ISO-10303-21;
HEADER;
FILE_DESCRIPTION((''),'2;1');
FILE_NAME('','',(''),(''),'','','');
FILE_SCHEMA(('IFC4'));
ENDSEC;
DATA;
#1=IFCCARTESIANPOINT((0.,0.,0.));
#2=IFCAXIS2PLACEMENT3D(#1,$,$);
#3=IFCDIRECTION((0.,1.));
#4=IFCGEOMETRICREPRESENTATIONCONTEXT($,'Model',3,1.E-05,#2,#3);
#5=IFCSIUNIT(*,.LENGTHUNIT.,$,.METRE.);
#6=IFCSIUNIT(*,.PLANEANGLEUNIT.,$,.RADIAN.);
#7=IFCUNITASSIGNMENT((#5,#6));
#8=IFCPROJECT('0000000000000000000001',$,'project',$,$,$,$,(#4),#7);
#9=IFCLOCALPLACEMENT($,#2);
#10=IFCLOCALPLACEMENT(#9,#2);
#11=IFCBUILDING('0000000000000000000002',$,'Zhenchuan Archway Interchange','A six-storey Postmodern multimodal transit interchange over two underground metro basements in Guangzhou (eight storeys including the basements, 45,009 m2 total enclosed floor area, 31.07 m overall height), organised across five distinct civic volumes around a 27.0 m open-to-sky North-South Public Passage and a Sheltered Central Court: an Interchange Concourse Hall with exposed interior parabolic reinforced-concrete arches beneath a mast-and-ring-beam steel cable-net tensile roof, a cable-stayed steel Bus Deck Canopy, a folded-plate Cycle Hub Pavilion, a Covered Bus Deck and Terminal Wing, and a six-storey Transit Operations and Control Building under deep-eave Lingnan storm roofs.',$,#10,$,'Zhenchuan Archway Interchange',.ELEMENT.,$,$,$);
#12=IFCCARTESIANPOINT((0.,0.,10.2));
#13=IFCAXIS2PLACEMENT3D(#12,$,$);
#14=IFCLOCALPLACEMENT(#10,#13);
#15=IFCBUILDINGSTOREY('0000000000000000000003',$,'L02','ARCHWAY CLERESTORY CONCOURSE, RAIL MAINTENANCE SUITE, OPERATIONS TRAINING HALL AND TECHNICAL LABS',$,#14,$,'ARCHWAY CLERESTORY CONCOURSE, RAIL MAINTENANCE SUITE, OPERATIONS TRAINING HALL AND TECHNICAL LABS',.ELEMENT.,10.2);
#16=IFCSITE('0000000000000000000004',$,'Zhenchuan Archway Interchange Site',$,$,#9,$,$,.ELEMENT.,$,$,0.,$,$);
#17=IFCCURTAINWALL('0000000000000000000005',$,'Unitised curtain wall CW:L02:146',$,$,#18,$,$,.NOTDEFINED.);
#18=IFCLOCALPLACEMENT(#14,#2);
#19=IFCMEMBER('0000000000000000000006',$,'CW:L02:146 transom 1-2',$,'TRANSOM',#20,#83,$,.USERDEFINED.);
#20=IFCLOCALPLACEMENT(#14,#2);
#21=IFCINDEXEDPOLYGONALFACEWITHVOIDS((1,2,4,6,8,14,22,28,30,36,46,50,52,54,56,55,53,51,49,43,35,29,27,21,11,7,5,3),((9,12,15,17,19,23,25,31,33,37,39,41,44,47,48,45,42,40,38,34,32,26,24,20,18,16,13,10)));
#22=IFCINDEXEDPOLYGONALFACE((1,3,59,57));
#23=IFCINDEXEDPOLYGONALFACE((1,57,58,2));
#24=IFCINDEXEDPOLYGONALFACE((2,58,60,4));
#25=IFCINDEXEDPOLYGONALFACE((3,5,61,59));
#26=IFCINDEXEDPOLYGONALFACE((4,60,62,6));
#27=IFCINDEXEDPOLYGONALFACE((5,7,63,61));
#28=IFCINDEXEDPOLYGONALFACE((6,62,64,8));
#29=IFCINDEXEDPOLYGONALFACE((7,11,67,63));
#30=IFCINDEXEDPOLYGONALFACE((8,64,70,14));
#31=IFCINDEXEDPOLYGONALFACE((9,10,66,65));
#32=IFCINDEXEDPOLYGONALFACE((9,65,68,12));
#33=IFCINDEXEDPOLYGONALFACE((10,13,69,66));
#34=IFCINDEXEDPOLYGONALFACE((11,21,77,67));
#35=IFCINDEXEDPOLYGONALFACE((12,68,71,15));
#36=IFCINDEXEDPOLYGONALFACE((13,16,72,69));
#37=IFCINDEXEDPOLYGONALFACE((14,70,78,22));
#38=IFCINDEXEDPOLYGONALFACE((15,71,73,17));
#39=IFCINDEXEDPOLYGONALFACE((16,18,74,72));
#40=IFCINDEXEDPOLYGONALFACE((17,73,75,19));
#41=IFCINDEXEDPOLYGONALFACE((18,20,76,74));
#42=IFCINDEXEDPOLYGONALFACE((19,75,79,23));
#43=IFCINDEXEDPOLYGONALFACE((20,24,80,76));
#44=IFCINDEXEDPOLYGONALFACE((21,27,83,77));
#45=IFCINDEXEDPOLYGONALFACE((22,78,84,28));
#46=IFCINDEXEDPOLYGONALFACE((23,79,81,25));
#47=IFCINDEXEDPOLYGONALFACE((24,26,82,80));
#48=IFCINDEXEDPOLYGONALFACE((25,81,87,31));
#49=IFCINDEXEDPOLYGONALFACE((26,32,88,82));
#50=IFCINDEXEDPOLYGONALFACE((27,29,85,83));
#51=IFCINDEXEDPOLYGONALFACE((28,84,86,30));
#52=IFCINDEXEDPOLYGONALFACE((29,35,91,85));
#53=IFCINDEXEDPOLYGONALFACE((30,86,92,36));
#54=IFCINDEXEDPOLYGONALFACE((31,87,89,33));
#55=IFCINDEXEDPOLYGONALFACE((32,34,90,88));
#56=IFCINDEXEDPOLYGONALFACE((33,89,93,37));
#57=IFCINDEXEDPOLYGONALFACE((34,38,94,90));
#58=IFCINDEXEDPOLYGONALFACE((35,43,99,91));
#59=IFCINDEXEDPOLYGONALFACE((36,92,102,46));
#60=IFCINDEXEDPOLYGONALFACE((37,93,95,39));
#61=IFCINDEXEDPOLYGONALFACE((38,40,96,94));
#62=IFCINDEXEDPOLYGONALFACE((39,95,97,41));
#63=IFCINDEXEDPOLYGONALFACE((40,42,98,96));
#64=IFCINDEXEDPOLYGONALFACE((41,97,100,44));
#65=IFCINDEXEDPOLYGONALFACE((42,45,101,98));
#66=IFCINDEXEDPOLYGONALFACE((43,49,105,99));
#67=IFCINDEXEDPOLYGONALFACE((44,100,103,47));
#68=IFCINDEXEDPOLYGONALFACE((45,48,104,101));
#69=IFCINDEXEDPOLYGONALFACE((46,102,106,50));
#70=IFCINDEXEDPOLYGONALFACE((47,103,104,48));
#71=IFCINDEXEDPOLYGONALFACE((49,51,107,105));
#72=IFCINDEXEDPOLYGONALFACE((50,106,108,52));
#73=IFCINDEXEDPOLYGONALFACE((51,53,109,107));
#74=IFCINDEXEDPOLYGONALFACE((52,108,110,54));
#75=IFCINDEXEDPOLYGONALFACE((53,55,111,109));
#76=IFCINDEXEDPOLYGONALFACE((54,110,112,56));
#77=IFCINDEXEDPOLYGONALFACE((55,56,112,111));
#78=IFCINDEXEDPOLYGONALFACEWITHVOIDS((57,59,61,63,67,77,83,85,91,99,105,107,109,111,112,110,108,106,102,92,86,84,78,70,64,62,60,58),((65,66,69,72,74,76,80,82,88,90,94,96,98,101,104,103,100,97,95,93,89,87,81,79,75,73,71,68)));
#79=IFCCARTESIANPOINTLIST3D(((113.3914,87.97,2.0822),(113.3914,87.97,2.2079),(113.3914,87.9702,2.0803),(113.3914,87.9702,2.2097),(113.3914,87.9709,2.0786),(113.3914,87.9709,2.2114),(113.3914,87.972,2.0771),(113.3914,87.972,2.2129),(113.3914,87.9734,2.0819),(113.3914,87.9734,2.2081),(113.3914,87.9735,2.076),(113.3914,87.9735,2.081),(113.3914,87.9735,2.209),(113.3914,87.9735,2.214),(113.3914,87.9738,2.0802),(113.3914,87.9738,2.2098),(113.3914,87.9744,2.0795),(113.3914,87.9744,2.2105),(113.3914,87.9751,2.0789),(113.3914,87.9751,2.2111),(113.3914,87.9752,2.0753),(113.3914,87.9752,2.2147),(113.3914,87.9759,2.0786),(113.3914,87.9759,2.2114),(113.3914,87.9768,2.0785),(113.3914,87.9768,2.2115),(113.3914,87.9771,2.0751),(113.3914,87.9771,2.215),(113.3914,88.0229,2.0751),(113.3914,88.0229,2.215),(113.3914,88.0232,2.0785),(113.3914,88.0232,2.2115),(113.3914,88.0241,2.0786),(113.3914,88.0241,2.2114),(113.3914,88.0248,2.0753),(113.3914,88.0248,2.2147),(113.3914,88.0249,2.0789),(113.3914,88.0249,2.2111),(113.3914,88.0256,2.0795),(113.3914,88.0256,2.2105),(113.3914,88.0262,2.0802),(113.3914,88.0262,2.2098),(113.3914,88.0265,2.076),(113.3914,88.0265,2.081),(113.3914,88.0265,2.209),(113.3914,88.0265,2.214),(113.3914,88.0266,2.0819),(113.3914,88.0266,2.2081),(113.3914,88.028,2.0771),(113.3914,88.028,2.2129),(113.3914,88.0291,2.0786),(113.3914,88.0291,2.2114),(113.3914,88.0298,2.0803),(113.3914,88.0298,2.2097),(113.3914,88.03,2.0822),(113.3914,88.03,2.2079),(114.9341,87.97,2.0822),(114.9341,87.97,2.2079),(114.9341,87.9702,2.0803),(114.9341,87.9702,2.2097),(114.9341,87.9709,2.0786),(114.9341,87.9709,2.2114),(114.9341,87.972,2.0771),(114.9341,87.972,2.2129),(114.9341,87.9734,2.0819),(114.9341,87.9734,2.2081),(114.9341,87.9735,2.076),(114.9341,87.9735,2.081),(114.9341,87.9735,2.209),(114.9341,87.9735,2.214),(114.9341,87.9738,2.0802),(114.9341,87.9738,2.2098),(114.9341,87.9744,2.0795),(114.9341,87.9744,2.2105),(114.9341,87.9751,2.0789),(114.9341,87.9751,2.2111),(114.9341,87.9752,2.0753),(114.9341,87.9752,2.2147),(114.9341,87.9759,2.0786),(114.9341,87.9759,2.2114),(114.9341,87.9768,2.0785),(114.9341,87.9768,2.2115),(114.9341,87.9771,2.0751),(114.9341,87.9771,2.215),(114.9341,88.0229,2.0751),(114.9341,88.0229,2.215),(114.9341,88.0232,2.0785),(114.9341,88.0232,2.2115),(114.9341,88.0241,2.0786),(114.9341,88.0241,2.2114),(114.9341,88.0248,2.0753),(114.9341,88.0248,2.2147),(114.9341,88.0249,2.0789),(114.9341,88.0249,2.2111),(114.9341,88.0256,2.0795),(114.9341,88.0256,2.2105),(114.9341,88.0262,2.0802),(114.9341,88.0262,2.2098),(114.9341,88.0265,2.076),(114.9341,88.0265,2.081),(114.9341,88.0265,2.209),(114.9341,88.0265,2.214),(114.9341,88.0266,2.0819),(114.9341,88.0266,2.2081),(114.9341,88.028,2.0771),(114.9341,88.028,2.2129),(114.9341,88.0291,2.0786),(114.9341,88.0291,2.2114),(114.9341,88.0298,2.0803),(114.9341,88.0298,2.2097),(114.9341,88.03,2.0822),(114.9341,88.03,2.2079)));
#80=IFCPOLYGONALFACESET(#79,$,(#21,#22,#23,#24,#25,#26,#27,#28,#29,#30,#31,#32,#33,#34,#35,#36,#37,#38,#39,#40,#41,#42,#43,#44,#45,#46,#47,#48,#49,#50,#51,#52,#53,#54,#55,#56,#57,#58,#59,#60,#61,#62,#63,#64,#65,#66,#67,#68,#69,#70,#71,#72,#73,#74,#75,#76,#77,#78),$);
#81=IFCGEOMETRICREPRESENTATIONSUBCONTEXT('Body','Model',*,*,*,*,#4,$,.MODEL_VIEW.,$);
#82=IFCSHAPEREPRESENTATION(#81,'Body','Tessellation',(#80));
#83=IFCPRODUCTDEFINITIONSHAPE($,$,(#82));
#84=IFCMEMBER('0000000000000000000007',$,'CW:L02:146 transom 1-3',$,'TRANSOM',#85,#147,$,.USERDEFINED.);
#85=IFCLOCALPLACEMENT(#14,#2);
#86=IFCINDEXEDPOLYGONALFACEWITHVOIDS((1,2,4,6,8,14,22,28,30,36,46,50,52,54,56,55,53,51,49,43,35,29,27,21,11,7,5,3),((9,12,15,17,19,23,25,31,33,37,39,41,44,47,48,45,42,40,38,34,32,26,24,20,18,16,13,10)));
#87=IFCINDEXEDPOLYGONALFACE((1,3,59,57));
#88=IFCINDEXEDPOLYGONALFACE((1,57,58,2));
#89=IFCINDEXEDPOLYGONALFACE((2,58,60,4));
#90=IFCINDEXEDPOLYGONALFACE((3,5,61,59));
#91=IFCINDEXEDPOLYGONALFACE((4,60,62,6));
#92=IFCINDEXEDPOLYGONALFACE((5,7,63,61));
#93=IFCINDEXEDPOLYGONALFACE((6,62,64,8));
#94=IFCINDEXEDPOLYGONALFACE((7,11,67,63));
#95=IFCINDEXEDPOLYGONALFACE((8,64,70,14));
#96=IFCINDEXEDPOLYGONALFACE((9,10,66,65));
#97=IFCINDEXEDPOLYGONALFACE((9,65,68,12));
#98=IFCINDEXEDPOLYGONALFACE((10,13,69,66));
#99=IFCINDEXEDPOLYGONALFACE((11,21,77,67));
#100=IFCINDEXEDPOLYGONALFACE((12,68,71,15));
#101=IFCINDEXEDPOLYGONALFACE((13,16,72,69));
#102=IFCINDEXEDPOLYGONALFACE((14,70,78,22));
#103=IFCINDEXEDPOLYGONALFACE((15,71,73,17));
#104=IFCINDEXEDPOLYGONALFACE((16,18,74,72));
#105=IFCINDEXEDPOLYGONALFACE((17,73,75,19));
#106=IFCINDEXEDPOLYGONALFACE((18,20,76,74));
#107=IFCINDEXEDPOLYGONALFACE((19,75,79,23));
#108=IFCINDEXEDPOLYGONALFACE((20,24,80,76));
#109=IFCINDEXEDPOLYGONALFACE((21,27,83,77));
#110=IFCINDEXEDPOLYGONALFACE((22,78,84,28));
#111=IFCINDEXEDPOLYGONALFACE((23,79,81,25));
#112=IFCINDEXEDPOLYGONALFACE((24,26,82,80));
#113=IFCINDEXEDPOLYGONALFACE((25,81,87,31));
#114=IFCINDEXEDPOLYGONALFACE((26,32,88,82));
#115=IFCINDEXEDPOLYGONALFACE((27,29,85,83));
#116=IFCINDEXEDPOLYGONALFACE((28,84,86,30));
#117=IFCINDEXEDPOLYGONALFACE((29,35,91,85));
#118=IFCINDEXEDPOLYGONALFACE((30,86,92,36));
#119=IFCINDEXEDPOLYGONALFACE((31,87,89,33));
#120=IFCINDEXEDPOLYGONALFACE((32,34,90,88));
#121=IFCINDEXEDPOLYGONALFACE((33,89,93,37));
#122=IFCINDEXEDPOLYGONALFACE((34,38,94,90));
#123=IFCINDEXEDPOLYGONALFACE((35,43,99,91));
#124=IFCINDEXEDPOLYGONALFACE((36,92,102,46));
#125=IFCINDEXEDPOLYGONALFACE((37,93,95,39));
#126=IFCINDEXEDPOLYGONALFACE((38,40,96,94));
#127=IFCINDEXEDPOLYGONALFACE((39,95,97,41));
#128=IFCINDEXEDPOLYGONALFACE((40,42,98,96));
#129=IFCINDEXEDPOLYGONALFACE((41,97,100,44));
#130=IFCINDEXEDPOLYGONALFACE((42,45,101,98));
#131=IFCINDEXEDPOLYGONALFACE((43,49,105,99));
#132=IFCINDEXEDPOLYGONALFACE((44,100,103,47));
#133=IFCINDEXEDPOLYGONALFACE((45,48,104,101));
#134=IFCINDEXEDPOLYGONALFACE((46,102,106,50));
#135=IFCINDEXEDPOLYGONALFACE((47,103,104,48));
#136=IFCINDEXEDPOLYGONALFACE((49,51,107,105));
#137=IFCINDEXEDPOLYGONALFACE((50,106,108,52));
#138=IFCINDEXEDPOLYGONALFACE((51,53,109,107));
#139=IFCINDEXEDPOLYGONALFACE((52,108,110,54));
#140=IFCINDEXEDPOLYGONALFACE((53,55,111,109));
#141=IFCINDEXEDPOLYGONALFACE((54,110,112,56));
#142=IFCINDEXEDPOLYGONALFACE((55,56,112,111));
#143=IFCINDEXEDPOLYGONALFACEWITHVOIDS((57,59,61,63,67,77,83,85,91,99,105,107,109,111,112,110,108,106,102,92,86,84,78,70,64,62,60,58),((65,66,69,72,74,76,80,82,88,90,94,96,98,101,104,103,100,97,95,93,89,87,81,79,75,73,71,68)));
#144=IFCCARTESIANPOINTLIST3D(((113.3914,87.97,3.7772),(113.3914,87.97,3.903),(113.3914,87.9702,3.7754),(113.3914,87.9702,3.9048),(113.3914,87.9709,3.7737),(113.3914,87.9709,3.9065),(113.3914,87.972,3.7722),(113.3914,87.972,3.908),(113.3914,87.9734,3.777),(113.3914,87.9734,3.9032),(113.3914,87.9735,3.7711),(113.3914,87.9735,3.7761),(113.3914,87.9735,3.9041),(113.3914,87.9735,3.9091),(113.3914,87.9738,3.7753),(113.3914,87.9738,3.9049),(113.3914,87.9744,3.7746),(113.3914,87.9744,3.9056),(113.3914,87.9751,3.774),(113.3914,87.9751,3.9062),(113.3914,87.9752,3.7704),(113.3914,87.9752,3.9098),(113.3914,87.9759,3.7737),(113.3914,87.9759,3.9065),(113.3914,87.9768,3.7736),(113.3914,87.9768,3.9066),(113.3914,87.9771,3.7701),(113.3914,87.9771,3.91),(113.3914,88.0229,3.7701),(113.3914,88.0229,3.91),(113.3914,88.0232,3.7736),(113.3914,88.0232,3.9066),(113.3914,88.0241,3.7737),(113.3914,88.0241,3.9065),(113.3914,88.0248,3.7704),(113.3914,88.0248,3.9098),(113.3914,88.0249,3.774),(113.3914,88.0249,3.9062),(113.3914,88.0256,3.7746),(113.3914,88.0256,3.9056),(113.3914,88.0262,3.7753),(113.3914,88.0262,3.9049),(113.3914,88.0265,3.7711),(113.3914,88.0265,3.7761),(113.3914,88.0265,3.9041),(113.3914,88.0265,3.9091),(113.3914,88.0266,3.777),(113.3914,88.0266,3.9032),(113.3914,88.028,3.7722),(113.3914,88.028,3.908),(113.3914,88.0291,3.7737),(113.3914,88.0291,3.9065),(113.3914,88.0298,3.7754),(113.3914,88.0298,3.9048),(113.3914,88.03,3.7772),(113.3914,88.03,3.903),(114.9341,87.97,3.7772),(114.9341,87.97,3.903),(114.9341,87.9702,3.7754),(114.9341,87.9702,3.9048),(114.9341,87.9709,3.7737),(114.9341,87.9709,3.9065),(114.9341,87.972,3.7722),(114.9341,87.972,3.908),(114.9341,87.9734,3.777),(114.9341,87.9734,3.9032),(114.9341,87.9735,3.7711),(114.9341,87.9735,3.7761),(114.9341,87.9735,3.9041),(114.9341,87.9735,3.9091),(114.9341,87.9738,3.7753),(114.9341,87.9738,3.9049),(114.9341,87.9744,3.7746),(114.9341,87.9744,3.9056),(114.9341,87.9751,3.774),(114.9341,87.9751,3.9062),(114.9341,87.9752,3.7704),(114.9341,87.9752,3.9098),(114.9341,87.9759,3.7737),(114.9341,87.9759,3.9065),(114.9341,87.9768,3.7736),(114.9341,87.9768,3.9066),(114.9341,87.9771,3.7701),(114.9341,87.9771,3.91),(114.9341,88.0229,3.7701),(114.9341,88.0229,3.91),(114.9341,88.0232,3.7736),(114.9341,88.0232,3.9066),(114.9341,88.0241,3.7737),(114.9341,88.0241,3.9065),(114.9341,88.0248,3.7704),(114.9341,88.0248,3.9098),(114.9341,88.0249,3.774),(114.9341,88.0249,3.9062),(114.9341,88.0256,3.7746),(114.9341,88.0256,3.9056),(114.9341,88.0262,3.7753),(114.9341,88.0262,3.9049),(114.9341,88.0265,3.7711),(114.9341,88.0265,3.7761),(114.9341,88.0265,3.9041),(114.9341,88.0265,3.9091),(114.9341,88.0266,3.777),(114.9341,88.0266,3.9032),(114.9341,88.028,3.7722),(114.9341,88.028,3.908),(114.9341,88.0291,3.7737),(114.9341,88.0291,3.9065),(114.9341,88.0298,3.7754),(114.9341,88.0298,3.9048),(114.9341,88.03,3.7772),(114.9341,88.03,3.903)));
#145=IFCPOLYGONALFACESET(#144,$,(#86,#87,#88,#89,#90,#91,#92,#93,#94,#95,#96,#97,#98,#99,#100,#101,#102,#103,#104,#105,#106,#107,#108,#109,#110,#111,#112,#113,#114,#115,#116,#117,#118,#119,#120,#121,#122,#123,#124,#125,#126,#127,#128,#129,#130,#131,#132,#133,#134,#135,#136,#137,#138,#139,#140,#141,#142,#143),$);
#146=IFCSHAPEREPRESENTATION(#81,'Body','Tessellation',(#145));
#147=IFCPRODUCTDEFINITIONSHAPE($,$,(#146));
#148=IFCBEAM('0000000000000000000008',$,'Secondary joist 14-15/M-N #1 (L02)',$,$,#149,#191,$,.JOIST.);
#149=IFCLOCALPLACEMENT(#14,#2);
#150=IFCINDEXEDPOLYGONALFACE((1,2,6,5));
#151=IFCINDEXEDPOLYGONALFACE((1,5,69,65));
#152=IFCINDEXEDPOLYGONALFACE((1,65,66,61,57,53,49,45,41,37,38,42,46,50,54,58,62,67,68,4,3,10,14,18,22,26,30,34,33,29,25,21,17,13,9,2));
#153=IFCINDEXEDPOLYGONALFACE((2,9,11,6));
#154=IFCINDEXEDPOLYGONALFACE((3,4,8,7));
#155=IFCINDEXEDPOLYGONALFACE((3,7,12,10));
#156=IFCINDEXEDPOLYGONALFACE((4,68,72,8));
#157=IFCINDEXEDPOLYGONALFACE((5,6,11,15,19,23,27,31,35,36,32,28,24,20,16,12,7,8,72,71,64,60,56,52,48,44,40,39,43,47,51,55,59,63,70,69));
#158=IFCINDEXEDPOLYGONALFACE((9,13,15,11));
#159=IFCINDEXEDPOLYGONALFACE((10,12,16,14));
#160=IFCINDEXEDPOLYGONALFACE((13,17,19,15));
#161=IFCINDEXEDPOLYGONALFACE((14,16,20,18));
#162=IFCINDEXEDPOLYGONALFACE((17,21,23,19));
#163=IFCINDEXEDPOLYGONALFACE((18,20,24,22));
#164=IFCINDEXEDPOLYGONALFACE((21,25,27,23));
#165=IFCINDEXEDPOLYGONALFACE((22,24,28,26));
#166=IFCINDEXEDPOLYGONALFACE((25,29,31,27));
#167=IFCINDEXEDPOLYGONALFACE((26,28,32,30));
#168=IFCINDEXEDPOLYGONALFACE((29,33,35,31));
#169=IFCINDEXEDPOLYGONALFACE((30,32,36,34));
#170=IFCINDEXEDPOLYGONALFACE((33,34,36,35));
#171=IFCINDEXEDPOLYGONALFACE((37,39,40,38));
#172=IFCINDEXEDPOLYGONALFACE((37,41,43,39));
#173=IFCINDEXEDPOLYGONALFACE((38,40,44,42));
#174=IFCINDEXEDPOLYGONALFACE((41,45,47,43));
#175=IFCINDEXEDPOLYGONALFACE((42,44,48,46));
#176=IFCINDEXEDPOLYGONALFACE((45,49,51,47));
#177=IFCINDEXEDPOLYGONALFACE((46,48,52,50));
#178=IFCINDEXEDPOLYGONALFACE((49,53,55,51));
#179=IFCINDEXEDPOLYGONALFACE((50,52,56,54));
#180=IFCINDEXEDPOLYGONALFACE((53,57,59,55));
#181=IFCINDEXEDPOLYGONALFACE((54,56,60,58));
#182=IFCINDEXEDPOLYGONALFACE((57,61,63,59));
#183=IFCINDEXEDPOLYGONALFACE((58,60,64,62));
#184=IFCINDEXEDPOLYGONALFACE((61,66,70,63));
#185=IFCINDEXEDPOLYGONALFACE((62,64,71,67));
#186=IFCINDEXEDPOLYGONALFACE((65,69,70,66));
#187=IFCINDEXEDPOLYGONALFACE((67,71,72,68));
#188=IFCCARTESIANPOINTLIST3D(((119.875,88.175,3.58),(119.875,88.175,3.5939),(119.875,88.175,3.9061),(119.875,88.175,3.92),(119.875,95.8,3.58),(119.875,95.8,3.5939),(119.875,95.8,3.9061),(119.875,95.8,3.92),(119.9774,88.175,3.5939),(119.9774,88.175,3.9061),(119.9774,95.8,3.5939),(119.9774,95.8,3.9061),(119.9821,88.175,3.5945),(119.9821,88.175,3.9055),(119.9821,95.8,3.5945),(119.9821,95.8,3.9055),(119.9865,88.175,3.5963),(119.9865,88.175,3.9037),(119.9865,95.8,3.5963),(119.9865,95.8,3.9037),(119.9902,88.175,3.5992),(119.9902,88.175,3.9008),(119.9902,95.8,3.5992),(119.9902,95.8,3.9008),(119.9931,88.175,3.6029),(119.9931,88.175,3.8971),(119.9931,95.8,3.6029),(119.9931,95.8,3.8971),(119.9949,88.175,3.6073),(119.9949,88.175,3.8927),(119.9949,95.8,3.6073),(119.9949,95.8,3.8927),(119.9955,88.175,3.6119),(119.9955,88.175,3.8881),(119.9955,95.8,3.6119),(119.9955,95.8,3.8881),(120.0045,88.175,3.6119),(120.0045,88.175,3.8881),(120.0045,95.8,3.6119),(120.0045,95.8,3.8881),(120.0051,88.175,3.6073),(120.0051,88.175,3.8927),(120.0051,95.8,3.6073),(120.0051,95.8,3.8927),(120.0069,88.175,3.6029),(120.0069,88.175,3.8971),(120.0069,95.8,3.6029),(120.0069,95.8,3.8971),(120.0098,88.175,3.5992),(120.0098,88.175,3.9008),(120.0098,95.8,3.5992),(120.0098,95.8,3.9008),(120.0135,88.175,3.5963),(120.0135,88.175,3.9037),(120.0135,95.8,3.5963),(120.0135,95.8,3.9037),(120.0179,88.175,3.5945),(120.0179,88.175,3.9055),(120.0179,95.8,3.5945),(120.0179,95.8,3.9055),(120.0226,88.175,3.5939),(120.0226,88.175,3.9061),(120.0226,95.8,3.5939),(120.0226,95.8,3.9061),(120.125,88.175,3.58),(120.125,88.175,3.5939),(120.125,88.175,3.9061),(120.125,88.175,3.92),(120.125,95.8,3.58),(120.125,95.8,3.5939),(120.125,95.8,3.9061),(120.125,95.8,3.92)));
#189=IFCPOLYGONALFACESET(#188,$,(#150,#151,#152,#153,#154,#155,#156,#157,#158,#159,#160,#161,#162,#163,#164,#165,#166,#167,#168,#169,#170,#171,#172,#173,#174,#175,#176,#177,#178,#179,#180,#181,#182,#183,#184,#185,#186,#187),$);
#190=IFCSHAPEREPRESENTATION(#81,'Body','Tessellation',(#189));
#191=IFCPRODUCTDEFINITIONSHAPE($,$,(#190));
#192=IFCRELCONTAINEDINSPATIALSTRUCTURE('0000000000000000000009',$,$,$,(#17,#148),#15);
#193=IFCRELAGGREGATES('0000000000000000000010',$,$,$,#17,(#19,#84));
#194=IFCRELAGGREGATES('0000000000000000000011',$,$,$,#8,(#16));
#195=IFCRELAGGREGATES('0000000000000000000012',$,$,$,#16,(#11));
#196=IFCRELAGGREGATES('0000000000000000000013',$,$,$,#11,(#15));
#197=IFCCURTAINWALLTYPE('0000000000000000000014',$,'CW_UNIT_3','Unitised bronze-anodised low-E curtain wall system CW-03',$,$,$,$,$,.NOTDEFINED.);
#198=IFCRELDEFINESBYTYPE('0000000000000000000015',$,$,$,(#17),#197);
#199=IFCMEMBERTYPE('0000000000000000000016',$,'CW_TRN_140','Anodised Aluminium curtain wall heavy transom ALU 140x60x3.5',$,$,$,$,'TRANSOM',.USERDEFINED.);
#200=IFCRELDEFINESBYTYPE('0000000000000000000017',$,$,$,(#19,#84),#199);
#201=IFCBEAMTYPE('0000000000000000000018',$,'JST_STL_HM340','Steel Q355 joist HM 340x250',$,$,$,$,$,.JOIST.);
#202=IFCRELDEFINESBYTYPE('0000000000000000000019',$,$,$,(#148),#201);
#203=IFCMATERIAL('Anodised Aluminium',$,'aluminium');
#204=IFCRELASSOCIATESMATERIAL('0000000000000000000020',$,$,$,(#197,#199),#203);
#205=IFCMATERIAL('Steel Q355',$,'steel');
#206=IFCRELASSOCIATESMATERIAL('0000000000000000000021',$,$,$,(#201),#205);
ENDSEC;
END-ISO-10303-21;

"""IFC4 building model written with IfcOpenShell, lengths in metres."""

from ifc_helpers import new_model, si_unit, direction, frame, origin, origin_2d, place, context, subcontext, project, spatial, hollow_rectangle, i_section, extrude, material, material_profile, profile_set, type_object, element, aggregate, save


model = new_model("IFC4")

# Units and contexts
model_context = context("Model", 3, precision=1e-05, world=origin(), true_north=direction((0.0, 1.0)))
body_context = subcontext(model_context, "Body", "Model", "MODEL_VIEW")
ifc_project = project(units=[si_unit("LENGTHUNIT", "METRE"), si_unit("PLANEANGLEUNIT", "RADIAN")], contexts=[model_context])

# Site, building, storey
site_placement = place(None, origin())
site = spatial("IfcSite", under=ifc_project, at=site_placement, Name="Zhenchuan Archway Interchange Site", CompositionType="ELEMENT", RefElevation=0.0)
building_placement = place(site_placement, origin())
building = spatial("IfcBuilding", under=site, at=building_placement, Name="Zhenchuan Archway Interchange", Description="A six-storey Postmodern multimodal transit interchange over two underground metro basements in Guangzhou (eight storeys including the basements, 45,009 m2 total enclosed floor area, 31.07 m overall height), organised across five distinct civic volumes around a 27.0 m open-to-sky North-South Public Passage and a Sheltered Central Court: an Interchange Concourse Hall with exposed interior parabolic reinforced-concrete arches beneath a mast-and-ring-beam steel cable-net tensile roof, a cable-stayed steel Bus Deck Canopy, a folded-plate Cycle Hub Pavilion, a Covered Bus Deck and Terminal Wing, and a six-storey Transit Operations and Control Building under deep-eave Lingnan storm roofs.", LongName="Zhenchuan Archway Interchange", CompositionType="ELEMENT")
storey_placement = place(building_placement, frame((0.0, 0.0, 10.2)))
storey = spatial("IfcBuildingStorey", under=building, at=storey_placement, Name="L02", Description="ARCHWAY CLERESTORY CONCOURSE, RAIL MAINTENANCE SUITE, OPERATIONS TRAINING HALL AND TECHNICAL LABS", LongName="ARCHWAY CLERESTORY CONCOURSE, RAIL MAINTENANCE SUITE, OPERATIONS TRAINING HALL AND TECHNICAL LABS", CompositionType="ELEMENT", Elevation=10.2)

# Curtain wall, members
ifc_material_1 = material(Name="Anodised Aluminium", Category="aluminium")
curtain_wall_type = type_object("IfcCurtainWallType", Name="CW_UNIT_3", Description="Unitised bronze-anodised low-E curtain wall system CW-03", PredefinedType="NOTDEFINED", material=ifc_material_1)
curtain_wall_placement = place(storey_placement, origin())
curtain_wall = element("IfcCurtainWall", 1, at=curtain_wall_placement, inside=storey, type_object=curtain_wall_type, Name="Unitised curtain wall CW:L02:146", PredefinedType="NOTDEFINED")
ifc_material_profile_1 = material_profile(ifc_material_1, hollow_rectangle(XDim=0.0601, YDim=0.1399, WallThickness=0.0034, InnerFilletRadius=0.0034, OuterFilletRadius=0.0071, at=origin_2d()), Name="ALU 140x60x3.5")
ifc_profile_set_1 = profile_set([ifc_material_profile_1], Name="Anodised Aluminium")
member_type_1 = type_object("IfcMemberType", Name="CW_TRN_140", Description="Anodised Aluminium curtain wall heavy transom ALU 140x60x3.5", ElementType="TRANSOM", PredefinedType="USERDEFINED", material=ifc_profile_set_1)
member_1_placement = place(storey_placement, frame((114.9341, 88.0, 2.145), z_axis=(-1.0, 0.0, 0.0), x_axis=(0.0, -1.0, 0.0)))
member_1 = element("IfcMember", 2, at=member_1_placement, type_object=member_type_1, Name="CW:L02:146 transom 1-2", ObjectType="TRANSOM", PredefinedType="USERDEFINED", context=body_context, shape_type="SweptSolid", body=[
    extrude(hollow_rectangle(XDim=0.0601, YDim=0.1399, WallThickness=0.0034, InnerFilletRadius=0.0034, OuterFilletRadius=0.0071, at=origin_2d()), origin(), (0.0, 0.0, 1.0), 1.5427),
])
member_2_placement = place(storey_placement, frame((114.9341, 88.0, 3.8401), z_axis=(-1.0, 0.0, 0.0), x_axis=(0.0, -1.0, 0.0)))
member_2 = element("IfcMember", 3, at=member_2_placement, type_object=member_type_1, Name="CW:L02:146 transom 1-3", ObjectType="TRANSOM", PredefinedType="USERDEFINED", context=body_context, shape_type="SweptSolid", body=[
    extrude(hollow_rectangle(XDim=0.0601, YDim=0.1399, WallThickness=0.0034, InnerFilletRadius=0.0034, OuterFilletRadius=0.0071, at=origin_2d()), origin(), (0.0, 0.0, 1.0), 1.5427),
])

# Beam
ifc_material_2 = material(Name="Steel Q355", Category="steel")
ifc_material_profile_2 = material_profile(ifc_material_2, i_section(OverallWidth=0.25, OverallDepth=0.3401, WebThickness=0.009, FlangeThickness=0.0139, FilletRadius=0.0181, at=origin_2d()), Name="HM 340x250")
ifc_profile_set_2 = profile_set([ifc_material_profile_2], Name="Steel Q355")
beam_type_1 = type_object("IfcBeamType", Name="JST_STL_HM340", Description="Steel Q355 joist HM 340x250", PredefinedType="JOIST", material=ifc_profile_set_2)
for number, where, z_axis, x_axis, name in (
    (4, (120.0, 88.175, 3.75), (0.0, 1.0, 0.0), (-1.0, 0.0, 0.0), "Secondary joist 14-15/M-N #1 (L02)"),
):
    element("IfcBeam", number, at=place(storey_placement, frame(where, z_axis=z_axis, x_axis=x_axis)), inside=storey, type_object=beam_type_1, Name=name, PredefinedType="JOIST", context=body_context, shape_type="SweptSolid", body=[
        extrude(i_section(OverallWidth=0.25, OverallDepth=0.3401, WebThickness=0.009, FlangeThickness=0.0139, FilletRadius=0.0181, at=origin_2d()), origin(), (0.0, 0.0, 1.0), 7.625),
    ])

aggregate(curtain_wall, [member_1, member_2])

save(model, "model.ifc")
